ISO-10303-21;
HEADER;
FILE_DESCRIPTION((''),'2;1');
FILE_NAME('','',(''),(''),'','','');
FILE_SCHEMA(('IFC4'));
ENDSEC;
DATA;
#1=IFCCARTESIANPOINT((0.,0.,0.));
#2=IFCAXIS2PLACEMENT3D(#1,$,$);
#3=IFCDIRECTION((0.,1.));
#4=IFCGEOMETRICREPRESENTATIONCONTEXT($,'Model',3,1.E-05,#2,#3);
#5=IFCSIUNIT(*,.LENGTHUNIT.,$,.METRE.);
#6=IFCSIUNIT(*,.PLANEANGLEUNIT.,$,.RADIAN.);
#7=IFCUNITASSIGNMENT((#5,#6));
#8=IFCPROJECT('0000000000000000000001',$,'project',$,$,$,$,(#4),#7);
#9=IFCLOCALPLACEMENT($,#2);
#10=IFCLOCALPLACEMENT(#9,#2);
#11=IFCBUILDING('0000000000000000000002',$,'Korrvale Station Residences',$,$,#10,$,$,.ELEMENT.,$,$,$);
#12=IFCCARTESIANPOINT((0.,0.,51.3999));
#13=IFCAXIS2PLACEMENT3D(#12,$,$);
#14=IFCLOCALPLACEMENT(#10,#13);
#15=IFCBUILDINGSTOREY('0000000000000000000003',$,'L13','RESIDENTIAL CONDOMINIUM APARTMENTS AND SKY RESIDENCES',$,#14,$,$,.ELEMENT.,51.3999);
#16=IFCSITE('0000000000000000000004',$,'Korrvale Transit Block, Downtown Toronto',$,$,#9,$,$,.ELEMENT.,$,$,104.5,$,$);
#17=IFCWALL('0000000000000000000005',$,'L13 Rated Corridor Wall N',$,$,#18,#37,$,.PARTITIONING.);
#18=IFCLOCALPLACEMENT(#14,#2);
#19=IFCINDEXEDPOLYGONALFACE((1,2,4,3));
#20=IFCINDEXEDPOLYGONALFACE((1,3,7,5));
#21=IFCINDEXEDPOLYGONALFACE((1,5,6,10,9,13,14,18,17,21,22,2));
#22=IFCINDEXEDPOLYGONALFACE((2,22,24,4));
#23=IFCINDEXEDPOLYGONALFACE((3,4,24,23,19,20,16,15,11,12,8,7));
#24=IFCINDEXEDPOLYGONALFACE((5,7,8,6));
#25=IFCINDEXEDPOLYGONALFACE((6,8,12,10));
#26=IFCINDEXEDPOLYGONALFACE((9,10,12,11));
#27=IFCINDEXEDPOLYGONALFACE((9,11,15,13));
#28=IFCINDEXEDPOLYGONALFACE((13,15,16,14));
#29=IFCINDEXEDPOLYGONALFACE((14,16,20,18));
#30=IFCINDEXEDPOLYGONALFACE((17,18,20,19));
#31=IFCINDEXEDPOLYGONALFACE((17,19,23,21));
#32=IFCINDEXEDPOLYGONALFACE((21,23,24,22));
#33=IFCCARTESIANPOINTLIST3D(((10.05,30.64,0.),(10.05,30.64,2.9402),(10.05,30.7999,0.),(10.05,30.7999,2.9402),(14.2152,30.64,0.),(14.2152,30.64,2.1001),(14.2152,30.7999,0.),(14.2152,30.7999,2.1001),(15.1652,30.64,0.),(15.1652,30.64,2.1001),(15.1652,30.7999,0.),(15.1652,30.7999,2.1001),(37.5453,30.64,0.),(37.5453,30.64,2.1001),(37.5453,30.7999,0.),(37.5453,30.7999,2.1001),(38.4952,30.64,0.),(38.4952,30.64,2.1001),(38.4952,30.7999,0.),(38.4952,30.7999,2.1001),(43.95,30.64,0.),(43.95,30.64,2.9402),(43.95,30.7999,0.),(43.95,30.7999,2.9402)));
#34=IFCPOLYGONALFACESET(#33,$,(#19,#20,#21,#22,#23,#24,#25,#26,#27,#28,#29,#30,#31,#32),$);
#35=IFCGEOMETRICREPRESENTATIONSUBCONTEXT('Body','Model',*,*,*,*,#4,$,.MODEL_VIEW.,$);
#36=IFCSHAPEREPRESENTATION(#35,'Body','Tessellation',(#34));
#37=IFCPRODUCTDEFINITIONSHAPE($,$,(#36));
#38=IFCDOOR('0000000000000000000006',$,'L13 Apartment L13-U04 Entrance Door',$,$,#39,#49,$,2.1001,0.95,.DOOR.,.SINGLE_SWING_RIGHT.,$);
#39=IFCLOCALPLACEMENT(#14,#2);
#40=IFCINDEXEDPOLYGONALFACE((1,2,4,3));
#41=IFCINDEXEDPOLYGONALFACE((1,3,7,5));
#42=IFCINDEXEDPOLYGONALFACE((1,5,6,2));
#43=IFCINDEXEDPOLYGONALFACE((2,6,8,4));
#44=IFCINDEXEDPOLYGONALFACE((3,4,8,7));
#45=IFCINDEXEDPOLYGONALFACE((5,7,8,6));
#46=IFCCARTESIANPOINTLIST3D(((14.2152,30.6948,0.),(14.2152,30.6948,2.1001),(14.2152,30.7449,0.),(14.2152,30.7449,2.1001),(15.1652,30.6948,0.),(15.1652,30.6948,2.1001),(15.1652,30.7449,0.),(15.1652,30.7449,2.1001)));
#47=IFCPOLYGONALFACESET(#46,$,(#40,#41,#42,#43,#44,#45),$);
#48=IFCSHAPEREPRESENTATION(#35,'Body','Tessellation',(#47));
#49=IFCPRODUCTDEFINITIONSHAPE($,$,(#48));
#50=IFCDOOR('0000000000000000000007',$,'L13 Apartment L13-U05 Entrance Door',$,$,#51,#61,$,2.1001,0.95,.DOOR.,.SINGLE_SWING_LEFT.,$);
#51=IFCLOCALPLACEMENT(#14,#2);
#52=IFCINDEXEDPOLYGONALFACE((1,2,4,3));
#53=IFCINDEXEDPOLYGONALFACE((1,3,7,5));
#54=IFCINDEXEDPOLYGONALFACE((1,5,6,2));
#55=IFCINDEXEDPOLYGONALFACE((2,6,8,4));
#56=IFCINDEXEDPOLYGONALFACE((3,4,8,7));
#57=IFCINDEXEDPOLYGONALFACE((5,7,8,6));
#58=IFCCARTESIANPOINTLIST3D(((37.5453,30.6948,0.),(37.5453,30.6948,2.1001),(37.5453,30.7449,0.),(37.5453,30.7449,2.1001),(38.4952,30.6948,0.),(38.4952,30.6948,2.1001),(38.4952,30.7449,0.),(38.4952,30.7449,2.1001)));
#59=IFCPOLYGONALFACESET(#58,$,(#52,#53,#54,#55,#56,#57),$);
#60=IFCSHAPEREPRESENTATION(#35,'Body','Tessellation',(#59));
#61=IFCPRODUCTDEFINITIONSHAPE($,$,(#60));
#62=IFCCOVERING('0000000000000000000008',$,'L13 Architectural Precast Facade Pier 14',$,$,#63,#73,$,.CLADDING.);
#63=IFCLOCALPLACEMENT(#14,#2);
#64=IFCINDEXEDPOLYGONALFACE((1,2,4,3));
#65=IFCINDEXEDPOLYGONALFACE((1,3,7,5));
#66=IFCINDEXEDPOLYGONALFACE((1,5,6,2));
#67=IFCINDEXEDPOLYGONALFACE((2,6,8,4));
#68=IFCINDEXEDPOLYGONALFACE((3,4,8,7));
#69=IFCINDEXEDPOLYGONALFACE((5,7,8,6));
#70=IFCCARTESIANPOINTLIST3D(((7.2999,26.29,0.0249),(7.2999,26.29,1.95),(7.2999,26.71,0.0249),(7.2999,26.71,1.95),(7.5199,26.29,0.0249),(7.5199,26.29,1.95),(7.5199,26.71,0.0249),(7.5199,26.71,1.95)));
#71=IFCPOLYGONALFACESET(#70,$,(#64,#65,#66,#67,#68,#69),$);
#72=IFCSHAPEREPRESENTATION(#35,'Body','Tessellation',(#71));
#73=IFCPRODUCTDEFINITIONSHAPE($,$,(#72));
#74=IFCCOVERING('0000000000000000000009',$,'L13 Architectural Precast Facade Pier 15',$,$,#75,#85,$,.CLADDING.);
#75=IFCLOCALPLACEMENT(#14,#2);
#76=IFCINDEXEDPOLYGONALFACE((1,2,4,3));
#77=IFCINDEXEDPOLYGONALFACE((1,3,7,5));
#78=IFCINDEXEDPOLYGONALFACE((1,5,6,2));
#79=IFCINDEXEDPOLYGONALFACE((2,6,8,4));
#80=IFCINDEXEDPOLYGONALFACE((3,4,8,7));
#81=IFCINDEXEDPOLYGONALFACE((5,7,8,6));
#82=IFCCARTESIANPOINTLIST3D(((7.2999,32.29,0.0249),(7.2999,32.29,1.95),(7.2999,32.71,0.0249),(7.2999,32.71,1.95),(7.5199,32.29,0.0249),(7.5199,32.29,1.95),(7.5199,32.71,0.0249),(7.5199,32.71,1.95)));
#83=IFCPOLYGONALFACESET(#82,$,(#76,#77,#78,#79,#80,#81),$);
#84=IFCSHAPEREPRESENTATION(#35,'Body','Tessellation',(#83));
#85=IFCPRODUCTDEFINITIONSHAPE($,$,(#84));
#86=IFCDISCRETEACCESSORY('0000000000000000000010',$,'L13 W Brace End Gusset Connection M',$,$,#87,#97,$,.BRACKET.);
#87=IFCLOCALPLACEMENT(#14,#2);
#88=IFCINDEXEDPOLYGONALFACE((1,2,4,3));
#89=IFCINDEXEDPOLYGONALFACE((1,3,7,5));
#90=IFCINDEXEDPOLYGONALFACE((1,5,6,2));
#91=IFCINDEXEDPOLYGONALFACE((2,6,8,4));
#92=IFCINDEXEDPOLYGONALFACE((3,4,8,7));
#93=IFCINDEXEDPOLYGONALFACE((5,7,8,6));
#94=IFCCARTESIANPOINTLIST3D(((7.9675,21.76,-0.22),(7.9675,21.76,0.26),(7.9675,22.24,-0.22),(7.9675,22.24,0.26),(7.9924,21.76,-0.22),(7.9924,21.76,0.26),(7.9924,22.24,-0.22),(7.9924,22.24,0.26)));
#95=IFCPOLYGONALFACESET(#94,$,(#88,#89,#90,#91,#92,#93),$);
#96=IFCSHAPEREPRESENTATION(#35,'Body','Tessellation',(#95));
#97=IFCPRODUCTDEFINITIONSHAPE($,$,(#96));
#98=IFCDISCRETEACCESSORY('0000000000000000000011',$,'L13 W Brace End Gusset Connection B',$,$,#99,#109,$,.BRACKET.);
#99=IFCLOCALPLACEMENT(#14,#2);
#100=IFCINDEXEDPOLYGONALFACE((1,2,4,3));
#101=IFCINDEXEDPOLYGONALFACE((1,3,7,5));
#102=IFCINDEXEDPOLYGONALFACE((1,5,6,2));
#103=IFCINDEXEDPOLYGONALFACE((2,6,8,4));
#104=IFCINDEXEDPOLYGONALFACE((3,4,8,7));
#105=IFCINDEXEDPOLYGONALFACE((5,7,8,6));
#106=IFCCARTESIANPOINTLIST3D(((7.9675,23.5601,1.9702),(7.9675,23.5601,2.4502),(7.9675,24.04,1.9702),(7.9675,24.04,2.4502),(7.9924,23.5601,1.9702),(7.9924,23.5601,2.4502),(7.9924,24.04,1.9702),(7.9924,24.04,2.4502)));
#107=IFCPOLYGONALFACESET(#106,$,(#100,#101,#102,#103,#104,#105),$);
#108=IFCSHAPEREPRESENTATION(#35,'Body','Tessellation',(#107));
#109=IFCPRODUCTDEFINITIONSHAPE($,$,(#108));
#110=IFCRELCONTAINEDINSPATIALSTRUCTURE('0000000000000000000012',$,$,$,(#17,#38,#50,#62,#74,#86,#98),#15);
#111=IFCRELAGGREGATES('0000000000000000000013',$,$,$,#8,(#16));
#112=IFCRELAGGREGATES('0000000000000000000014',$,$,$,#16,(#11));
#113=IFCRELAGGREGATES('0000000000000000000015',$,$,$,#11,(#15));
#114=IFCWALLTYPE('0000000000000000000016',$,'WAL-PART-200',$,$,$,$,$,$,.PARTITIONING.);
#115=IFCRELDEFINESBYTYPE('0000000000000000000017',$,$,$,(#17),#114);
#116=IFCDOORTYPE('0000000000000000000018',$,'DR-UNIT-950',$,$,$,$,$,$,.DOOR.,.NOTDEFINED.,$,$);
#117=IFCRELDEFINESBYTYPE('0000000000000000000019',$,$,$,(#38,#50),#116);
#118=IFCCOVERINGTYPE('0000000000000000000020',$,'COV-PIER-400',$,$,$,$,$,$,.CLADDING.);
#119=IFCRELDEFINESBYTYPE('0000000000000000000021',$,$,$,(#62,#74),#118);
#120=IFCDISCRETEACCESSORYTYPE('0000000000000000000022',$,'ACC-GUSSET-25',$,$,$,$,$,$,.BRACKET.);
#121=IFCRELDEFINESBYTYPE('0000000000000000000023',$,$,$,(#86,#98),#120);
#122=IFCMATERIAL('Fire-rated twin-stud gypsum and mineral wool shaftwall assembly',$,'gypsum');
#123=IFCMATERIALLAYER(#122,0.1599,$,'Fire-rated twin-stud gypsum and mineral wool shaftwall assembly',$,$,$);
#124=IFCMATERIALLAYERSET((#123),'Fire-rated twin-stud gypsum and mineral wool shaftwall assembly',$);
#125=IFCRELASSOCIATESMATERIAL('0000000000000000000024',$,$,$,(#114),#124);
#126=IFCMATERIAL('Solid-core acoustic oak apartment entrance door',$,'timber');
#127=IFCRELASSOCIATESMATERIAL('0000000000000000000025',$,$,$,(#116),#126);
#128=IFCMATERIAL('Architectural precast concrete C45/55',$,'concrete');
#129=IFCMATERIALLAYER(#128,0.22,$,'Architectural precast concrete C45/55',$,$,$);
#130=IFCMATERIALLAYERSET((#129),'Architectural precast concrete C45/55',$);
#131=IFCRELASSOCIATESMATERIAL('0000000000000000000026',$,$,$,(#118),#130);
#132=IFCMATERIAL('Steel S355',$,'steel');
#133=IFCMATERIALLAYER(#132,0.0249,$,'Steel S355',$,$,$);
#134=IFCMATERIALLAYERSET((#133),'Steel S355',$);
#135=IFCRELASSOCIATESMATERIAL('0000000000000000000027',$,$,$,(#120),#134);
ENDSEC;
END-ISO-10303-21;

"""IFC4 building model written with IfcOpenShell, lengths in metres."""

from ifc_helpers import new_model, si_unit, direction, frame, frame_2d, origin, origin_2d, place, context, subcontext, project, spatial, rectangle, extrude, material, layer, layer_set, type_object, element, fill, save


model = new_model("IFC4")

# Units and contexts
model_context = context("Model", 3, precision=1e-05, world=origin(), true_north=direction((0.0, 1.0)))
body_context = subcontext(model_context, "Body", "Model", "MODEL_VIEW")
ifc_project = project(units=[si_unit("LENGTHUNIT", "METRE"), si_unit("PLANEANGLEUNIT", "RADIAN")], contexts=[model_context])

# Site, building, storey
site_placement = place(None, origin())
site = spatial("IfcSite", under=ifc_project, at=site_placement, Name="Korrvale Transit Block, Downtown Toronto", CompositionType="ELEMENT", RefElevation=104.5)
building_placement = place(site_placement, origin())
building = spatial("IfcBuilding", under=site, at=building_placement, Name="Korrvale Station Residences", CompositionType="ELEMENT")
storey_placement = place(building_placement, frame((0.0, 0.0, 51.3999)))
storey = spatial("IfcBuildingStorey", under=building, at=storey_placement, Name="L13", Description="RESIDENTIAL CONDOMINIUM APARTMENTS AND SKY RESIDENCES", CompositionType="ELEMENT", Elevation=51.3999)

# Shared definitions
ifc_material_1 = material(Name="Steel S355", Category="steel")

# Shared definitions
ifc_material_2 = material(Name="Fire-rated twin-stud gypsum and mineral wool shaftwall assembly", Category="gypsum")
ifc_layer_1 = layer(ifc_material_2, 0.1599, Name="Fire-rated twin-stud gypsum and mineral wool shaftwall assembly")
ifc_layer_set_1 = layer_set([ifc_layer_1], Name="Fire-rated twin-stud gypsum and mineral wool shaftwall assembly")
wall_type_1 = type_object("IfcWallType", Name="WAL-PART-200", PredefinedType="PARTITIONING", material=ifc_layer_set_1)

# Wall, openings, doors
wall_1_placement = place(storey_placement, frame((10.05, 30.72, 0.0), z_axis=(0.0, 0.0, 1.0), x_axis=(1.0, 0.0, 0.0)))
wall_1 = element("IfcWall", 1, at=wall_1_placement, inside=storey, type_object=wall_type_1, Name="L13 Rated Corridor Wall N", PredefinedType="PARTITIONING", context=body_context, shape_type="SweptSolid", body=[
    extrude(rectangle(XDim=33.8999, YDim=0.1599, at=frame_2d((16.95, 0.0))), origin(), (0.0, 0.0, 1.0), 2.9402),
])
opening_1_placement = place(wall_1_placement, frame((4.165, 0.0, 0.0)))
opening_1 = element("IfcOpeningElement", 2, at=opening_1_placement, cuts=wall_1, PredefinedType="OPENING", context=body_context, shape_type="SweptSolid", body=[
    extrude(rectangle(XDim=0.95, YDim=2.1001, at=frame_2d((0.4751, 1.05))), frame((0.0, 0.0898, 0.0), z_axis=(0.0, -1.0, 0.0), x_axis=(1.0, 0.0, 0.0)), (0.0, 0.0, 1.0), 0.1799),
])
opening_2_placement = place(wall_1_placement, frame((27.4951, 0.0, 0.0)))
opening_2 = element("IfcOpeningElement", 3, at=opening_2_placement, cuts=wall_1, PredefinedType="OPENING", context=body_context, shape_type="SweptSolid", body=[
    extrude(rectangle(XDim=0.95, YDim=2.1001, at=frame_2d((0.4751, 1.05))), frame((0.0, 0.0898, 0.0), z_axis=(0.0, -1.0, 0.0), x_axis=(1.0, 0.0, 0.0)), (0.0, 0.0, 1.0), 0.1799),
])
ifc_material_3 = material(Name="Solid-core acoustic oak apartment entrance door", Category="timber")
door_type_1 = type_object("IfcDoorType", Name="DR-UNIT-950", OperationType="NOTDEFINED", PredefinedType="DOOR", material=ifc_material_3)
door_1_placement = place(opening_1_placement, origin())
door_1 = element("IfcDoor", 4, at=door_1_placement, inside=storey, type_object=door_type_1, Name="L13 Apartment L13-U04 Entrance Door", OperationType="SINGLE_SWING_RIGHT", OverallHeight=2.1001, OverallWidth=0.95, PredefinedType="DOOR", context=body_context, shape_type="SweptSolid", body=[
    extrude(rectangle(XDim=0.95, YDim=2.1001, at=frame_2d((0.4751, 1.05))), frame((0.0, 0.0249, 0.0), z_axis=(0.0, -1.0, 0.0), x_axis=(1.0, 0.0, 0.0)), (0.0, 0.0, 1.0), 0.05),
])
fill(opening_1, door_1)
door_2_placement = place(opening_2_placement, origin())
door_2 = element("IfcDoor", 5, at=door_2_placement, inside=storey, type_object=door_type_1, Name="L13 Apartment L13-U05 Entrance Door", OperationType="SINGLE_SWING_LEFT", OverallHeight=2.1001, OverallWidth=0.95, PredefinedType="DOOR", context=body_context, shape_type="SweptSolid", body=[
    extrude(rectangle(XDim=0.95, YDim=2.1001, at=frame_2d((0.4751, 1.05))), frame((0.0, 0.0249, 0.0), z_axis=(0.0, -1.0, 0.0), x_axis=(1.0, 0.0, 0.0)), (0.0, 0.0, 1.0), 0.05),
])
fill(opening_2, door_2)

# Coverings
ifc_material_4 = material(Name="Architectural precast concrete C45/55", Category="concrete")
ifc_layer_2 = layer(ifc_material_4, 0.22, Name="Architectural precast concrete C45/55")
ifc_layer_set_2 = layer_set([ifc_layer_2], Name="Architectural precast concrete C45/55")
covering_type = type_object("IfcCoveringType", Name="COV-PIER-400", PredefinedType="CLADDING", material=ifc_layer_set_2)
for number, where, z_axis, x_axis, name in (
    (6, (7.4099, 26.5, 0.0249), (0.0, 0.0, 1.0), (0.0, 1.0, 0.0), "L13 Architectural Precast Facade Pier 14"),
    (7, (7.4099, 32.5, 0.0249), (0.0, 0.0, 1.0), (0.0, 1.0, 0.0), "L13 Architectural Precast Facade Pier 15"),
):
    element("IfcCovering", number, at=place(storey_placement, frame(where, z_axis=z_axis, x_axis=x_axis)), inside=storey, type_object=covering_type, Name=name, PredefinedType="CLADDING", context=body_context, shape_type="SweptSolid", body=[
        extrude(rectangle(XDim=0.4199, YDim=0.22, at=origin_2d()), origin(), (0.0, 0.0, 1.0), 1.925),
    ])

# Discrete accessories
ifc_layer_3 = layer(ifc_material_1, 0.0249, Name="Steel S355")
ifc_layer_set_3 = layer_set([ifc_layer_3], Name="Steel S355")
discrete_accessory_type = type_object("IfcDiscreteAccessoryType", Name="ACC-GUSSET-25", PredefinedType="BRACKET", material=ifc_layer_set_3)
for number, where, z_axis, x_axis, name in (
    (8, (7.98, 22.0, -0.22), (0.0, 0.0, 1.0), (0.0, 1.0, 0.0), "L13 W Brace End Gusset Connection M"),
    (9, (7.98, 23.8, 1.9702), (0.0, 0.0, 1.0), (0.0, 1.0, 0.0), "L13 W Brace End Gusset Connection B"),
):
    element("IfcDiscreteAccessory", number, at=place(storey_placement, frame(where, z_axis=z_axis, x_axis=x_axis)), inside=storey, type_object=discrete_accessory_type, Name=name, PredefinedType="BRACKET", context=body_context, shape_type="SweptSolid", body=[
        extrude(rectangle(XDim=0.48, YDim=0.0249, at=origin_2d()), origin(), (0.0, 0.0, 1.0), 0.48),
    ])

save(model, "model.ifc")
